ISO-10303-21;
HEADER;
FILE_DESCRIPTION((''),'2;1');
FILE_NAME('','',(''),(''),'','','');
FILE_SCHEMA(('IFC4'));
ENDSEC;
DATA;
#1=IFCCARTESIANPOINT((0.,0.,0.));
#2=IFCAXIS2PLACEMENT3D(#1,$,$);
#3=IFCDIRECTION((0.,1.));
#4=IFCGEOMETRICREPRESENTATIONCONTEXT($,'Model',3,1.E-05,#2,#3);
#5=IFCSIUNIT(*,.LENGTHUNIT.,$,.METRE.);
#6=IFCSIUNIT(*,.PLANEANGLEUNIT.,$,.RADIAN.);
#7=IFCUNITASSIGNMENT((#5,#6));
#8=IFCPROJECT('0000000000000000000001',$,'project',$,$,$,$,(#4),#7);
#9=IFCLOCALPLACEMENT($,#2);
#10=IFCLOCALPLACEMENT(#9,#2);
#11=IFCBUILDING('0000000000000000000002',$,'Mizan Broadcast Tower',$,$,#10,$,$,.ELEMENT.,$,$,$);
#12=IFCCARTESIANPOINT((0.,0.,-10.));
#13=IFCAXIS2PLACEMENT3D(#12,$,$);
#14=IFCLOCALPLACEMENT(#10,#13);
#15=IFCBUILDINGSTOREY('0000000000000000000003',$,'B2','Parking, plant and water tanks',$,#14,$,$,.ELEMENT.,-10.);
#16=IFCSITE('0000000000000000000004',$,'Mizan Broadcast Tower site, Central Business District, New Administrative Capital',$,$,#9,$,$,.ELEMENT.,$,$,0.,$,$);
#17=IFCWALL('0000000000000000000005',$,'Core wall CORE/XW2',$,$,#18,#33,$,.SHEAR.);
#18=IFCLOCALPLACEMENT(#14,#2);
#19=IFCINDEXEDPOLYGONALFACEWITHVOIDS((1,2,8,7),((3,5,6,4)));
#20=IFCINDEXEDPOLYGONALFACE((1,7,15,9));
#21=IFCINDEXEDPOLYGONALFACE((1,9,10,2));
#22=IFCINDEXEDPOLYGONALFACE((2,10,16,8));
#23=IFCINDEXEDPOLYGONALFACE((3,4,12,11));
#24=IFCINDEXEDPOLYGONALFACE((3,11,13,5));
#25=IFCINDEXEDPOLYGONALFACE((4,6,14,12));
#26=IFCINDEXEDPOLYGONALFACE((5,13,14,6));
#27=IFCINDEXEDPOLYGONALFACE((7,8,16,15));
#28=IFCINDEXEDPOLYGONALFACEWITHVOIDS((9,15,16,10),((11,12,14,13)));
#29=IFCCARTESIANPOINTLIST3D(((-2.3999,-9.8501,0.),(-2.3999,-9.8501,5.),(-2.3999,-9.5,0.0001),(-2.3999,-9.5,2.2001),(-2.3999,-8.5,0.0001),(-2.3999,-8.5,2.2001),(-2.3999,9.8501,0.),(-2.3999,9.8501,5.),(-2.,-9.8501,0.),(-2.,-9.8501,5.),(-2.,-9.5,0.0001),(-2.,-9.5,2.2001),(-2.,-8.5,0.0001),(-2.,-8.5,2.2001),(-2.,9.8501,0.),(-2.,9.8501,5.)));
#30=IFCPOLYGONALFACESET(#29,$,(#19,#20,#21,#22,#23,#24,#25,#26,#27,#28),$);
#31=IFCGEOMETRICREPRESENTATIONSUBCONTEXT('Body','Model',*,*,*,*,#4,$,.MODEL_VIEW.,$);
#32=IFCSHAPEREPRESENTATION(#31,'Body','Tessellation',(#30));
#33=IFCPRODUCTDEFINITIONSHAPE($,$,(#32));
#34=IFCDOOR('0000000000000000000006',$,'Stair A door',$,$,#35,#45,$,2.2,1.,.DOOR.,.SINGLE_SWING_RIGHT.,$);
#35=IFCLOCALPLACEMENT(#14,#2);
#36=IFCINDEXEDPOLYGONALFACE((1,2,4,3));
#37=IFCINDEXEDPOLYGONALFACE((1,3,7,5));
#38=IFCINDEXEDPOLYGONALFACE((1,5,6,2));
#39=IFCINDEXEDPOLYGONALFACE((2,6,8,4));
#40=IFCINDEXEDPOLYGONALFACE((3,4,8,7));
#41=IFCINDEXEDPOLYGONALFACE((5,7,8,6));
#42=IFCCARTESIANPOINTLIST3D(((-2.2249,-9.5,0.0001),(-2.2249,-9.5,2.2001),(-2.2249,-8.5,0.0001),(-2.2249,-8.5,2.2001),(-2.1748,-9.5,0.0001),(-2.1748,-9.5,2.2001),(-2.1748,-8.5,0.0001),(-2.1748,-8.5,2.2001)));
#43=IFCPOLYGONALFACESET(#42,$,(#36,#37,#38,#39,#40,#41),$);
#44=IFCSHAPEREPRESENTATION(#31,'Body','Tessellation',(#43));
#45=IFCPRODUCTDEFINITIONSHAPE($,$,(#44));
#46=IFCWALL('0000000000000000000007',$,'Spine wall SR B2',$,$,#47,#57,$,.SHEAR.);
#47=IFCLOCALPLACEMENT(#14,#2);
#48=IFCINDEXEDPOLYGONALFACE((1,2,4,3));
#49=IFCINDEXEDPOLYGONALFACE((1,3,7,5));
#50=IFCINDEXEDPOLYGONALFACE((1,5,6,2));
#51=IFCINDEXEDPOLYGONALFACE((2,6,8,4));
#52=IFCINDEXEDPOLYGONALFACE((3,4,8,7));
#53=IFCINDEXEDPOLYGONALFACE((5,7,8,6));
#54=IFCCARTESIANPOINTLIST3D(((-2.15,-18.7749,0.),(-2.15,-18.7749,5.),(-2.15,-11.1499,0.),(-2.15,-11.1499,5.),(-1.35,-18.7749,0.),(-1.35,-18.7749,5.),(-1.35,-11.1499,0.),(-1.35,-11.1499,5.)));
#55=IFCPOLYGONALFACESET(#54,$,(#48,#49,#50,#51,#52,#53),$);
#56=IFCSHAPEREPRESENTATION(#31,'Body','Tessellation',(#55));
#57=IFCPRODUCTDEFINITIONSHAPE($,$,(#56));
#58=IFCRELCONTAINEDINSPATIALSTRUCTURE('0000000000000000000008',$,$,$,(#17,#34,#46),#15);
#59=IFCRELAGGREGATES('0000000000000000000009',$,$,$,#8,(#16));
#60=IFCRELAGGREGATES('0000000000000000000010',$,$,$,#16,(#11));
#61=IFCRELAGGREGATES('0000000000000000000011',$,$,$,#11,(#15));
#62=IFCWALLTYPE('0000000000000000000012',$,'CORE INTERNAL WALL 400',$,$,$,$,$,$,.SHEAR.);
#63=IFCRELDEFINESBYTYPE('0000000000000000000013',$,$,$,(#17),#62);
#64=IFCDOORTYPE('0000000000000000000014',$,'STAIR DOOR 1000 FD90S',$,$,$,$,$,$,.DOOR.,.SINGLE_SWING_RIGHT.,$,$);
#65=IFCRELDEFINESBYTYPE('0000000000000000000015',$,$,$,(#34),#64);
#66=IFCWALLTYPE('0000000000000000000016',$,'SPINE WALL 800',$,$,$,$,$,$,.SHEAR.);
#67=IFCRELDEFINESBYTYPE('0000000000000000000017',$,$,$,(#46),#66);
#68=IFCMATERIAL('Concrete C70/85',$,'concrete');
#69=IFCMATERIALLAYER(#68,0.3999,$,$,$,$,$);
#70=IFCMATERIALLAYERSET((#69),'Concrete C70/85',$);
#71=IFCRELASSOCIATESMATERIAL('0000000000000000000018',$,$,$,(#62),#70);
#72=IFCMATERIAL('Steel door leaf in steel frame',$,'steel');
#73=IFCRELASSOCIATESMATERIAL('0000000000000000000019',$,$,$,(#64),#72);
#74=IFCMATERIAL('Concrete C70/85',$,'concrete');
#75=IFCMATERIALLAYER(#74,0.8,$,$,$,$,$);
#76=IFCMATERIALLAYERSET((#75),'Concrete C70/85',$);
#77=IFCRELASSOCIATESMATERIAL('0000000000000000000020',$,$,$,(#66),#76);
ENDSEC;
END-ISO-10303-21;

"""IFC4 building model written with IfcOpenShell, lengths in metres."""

from ifc_helpers import new_model, si_unit, direction, frame, frame_2d, origin, place, context, subcontext, project, spatial, rectangle, extrude, material, layer, layer_set, type_object, element, fill, save


model = new_model("IFC4")

# Units and contexts
model_context = context("Model", 3, precision=1e-05, world=origin(), true_north=direction((0.0, 1.0)))
body_context = subcontext(model_context, "Body", "Model", "MODEL_VIEW")
ifc_project = project(units=[si_unit("LENGTHUNIT", "METRE"), si_unit("PLANEANGLEUNIT", "RADIAN")], contexts=[model_context])

# Site, building, storey
site_placement = place(None, origin())
site = spatial("IfcSite", under=ifc_project, at=site_placement, Name="Mizan Broadcast Tower site, Central Business District, New Administrative Capital", CompositionType="ELEMENT", RefElevation=0.0)
building_placement = place(site_placement, origin())
building = spatial("IfcBuilding", under=site, at=building_placement, Name="Mizan Broadcast Tower", CompositionType="ELEMENT")
storey_placement = place(building_placement, frame((0.0, 0.0, -10.0)))
storey = spatial("IfcBuildingStorey", under=building, at=storey_placement, Name="B2", Description="Parking, plant and water tanks", CompositionType="ELEMENT", Elevation=-10.0)

# Shared definitions
ifc_material_1 = material(Name="Concrete C70/85", Category="concrete")
ifc_layer_1 = layer(ifc_material_1, 0.3999)
ifc_layer_set_1 = layer_set([ifc_layer_1], Name="Concrete C70/85")
wall_type_1 = type_object("IfcWallType", Name="CORE INTERNAL WALL 400", PredefinedType="SHEAR", material=ifc_layer_set_1)

# Wall, opening, door
wall_1_placement = place(storey_placement, frame((-2.2, -9.8501, 0.0), z_axis=(0.0, 0.0, 1.0), x_axis=(0.0, 1.0, 0.0)))
wall_1 = element("IfcWall", 1, at=wall_1_placement, inside=storey, type_object=wall_type_1, Name="Core wall CORE/XW2", PredefinedType="SHEAR", context=body_context, shape_type="SweptSolid", body=[
    extrude(rectangle(XDim=19.7002, YDim=0.3999, at=frame_2d((9.8501, 0.0))), origin(), (0.0, 0.0, 1.0), 5.0),
])
opening_1_placement = place(wall_1_placement, frame((0.3501, 0.0, 0.0)))
opening_1 = element("IfcOpeningElement", 2, at=opening_1_placement, cuts=wall_1, PredefinedType="OPENING", context=body_context, shape_type="SweptSolid", body=[
    extrude(rectangle(XDim=1.0, YDim=2.2, at=frame_2d((0.5, 1.1001))), frame((0.0, 0.21, 0.0), z_axis=(0.0, -1.0, 0.0), x_axis=(1.0, 0.0, 0.0)), (0.0, 0.0, 1.0), 0.4199),
])
ifc_material_2 = material(Name="Steel door leaf in steel frame", Category="steel")
door_type_1 = type_object("IfcDoorType", Name="STAIR DOOR 1000 FD90S", OperationType="SINGLE_SWING_RIGHT", PredefinedType="DOOR", material=ifc_material_2)
door_1_placement = place(opening_1_placement, origin())
door_1 = element("IfcDoor", 3, at=door_1_placement, inside=storey, type_object=door_type_1, Name="Stair A door", OperationType="SINGLE_SWING_RIGHT", OverallHeight=2.2, OverallWidth=1.0, PredefinedType="DOOR", context=body_context, shape_type="SweptSolid", body=[
    extrude(rectangle(XDim=1.0, YDim=2.2, at=frame_2d((0.5, 1.1001))), frame((0.0, 0.0249, 0.0), z_axis=(0.0, -1.0, 0.0), x_axis=(1.0, 0.0, 0.0)), (0.0, 0.0, 1.0), 0.05),
])
fill(opening_1, door_1)

# Wall
ifc_material_3 = material(Name="Concrete C70/85", Category="concrete")
ifc_layer_2 = layer(ifc_material_3, 0.8)
ifc_layer_set_2 = layer_set([ifc_layer_2], Name="Concrete C70/85")
wall_type_2 = type_object("IfcWallType", Name="SPINE WALL 800", PredefinedType="SHEAR", material=ifc_layer_set_2)
wall_2_placement = place(storey_placement, frame((-1.75, -11.1499, 0.0), z_axis=(0.0, 0.0, 1.0), x_axis=(0.0, -1.0, 0.0)))
element("IfcWall", 4, at=wall_2_placement, inside=storey, type_object=wall_type_2, Name="Spine wall SR B2", PredefinedType="SHEAR", context=body_context, shape_type="SweptSolid", body=[
    extrude(rectangle(XDim=7.625, YDim=0.8, at=frame_2d((3.8125, 0.0))), origin(), (0.0, 0.0, 1.0), 5.0),
])

save(model, "model.ifc")
